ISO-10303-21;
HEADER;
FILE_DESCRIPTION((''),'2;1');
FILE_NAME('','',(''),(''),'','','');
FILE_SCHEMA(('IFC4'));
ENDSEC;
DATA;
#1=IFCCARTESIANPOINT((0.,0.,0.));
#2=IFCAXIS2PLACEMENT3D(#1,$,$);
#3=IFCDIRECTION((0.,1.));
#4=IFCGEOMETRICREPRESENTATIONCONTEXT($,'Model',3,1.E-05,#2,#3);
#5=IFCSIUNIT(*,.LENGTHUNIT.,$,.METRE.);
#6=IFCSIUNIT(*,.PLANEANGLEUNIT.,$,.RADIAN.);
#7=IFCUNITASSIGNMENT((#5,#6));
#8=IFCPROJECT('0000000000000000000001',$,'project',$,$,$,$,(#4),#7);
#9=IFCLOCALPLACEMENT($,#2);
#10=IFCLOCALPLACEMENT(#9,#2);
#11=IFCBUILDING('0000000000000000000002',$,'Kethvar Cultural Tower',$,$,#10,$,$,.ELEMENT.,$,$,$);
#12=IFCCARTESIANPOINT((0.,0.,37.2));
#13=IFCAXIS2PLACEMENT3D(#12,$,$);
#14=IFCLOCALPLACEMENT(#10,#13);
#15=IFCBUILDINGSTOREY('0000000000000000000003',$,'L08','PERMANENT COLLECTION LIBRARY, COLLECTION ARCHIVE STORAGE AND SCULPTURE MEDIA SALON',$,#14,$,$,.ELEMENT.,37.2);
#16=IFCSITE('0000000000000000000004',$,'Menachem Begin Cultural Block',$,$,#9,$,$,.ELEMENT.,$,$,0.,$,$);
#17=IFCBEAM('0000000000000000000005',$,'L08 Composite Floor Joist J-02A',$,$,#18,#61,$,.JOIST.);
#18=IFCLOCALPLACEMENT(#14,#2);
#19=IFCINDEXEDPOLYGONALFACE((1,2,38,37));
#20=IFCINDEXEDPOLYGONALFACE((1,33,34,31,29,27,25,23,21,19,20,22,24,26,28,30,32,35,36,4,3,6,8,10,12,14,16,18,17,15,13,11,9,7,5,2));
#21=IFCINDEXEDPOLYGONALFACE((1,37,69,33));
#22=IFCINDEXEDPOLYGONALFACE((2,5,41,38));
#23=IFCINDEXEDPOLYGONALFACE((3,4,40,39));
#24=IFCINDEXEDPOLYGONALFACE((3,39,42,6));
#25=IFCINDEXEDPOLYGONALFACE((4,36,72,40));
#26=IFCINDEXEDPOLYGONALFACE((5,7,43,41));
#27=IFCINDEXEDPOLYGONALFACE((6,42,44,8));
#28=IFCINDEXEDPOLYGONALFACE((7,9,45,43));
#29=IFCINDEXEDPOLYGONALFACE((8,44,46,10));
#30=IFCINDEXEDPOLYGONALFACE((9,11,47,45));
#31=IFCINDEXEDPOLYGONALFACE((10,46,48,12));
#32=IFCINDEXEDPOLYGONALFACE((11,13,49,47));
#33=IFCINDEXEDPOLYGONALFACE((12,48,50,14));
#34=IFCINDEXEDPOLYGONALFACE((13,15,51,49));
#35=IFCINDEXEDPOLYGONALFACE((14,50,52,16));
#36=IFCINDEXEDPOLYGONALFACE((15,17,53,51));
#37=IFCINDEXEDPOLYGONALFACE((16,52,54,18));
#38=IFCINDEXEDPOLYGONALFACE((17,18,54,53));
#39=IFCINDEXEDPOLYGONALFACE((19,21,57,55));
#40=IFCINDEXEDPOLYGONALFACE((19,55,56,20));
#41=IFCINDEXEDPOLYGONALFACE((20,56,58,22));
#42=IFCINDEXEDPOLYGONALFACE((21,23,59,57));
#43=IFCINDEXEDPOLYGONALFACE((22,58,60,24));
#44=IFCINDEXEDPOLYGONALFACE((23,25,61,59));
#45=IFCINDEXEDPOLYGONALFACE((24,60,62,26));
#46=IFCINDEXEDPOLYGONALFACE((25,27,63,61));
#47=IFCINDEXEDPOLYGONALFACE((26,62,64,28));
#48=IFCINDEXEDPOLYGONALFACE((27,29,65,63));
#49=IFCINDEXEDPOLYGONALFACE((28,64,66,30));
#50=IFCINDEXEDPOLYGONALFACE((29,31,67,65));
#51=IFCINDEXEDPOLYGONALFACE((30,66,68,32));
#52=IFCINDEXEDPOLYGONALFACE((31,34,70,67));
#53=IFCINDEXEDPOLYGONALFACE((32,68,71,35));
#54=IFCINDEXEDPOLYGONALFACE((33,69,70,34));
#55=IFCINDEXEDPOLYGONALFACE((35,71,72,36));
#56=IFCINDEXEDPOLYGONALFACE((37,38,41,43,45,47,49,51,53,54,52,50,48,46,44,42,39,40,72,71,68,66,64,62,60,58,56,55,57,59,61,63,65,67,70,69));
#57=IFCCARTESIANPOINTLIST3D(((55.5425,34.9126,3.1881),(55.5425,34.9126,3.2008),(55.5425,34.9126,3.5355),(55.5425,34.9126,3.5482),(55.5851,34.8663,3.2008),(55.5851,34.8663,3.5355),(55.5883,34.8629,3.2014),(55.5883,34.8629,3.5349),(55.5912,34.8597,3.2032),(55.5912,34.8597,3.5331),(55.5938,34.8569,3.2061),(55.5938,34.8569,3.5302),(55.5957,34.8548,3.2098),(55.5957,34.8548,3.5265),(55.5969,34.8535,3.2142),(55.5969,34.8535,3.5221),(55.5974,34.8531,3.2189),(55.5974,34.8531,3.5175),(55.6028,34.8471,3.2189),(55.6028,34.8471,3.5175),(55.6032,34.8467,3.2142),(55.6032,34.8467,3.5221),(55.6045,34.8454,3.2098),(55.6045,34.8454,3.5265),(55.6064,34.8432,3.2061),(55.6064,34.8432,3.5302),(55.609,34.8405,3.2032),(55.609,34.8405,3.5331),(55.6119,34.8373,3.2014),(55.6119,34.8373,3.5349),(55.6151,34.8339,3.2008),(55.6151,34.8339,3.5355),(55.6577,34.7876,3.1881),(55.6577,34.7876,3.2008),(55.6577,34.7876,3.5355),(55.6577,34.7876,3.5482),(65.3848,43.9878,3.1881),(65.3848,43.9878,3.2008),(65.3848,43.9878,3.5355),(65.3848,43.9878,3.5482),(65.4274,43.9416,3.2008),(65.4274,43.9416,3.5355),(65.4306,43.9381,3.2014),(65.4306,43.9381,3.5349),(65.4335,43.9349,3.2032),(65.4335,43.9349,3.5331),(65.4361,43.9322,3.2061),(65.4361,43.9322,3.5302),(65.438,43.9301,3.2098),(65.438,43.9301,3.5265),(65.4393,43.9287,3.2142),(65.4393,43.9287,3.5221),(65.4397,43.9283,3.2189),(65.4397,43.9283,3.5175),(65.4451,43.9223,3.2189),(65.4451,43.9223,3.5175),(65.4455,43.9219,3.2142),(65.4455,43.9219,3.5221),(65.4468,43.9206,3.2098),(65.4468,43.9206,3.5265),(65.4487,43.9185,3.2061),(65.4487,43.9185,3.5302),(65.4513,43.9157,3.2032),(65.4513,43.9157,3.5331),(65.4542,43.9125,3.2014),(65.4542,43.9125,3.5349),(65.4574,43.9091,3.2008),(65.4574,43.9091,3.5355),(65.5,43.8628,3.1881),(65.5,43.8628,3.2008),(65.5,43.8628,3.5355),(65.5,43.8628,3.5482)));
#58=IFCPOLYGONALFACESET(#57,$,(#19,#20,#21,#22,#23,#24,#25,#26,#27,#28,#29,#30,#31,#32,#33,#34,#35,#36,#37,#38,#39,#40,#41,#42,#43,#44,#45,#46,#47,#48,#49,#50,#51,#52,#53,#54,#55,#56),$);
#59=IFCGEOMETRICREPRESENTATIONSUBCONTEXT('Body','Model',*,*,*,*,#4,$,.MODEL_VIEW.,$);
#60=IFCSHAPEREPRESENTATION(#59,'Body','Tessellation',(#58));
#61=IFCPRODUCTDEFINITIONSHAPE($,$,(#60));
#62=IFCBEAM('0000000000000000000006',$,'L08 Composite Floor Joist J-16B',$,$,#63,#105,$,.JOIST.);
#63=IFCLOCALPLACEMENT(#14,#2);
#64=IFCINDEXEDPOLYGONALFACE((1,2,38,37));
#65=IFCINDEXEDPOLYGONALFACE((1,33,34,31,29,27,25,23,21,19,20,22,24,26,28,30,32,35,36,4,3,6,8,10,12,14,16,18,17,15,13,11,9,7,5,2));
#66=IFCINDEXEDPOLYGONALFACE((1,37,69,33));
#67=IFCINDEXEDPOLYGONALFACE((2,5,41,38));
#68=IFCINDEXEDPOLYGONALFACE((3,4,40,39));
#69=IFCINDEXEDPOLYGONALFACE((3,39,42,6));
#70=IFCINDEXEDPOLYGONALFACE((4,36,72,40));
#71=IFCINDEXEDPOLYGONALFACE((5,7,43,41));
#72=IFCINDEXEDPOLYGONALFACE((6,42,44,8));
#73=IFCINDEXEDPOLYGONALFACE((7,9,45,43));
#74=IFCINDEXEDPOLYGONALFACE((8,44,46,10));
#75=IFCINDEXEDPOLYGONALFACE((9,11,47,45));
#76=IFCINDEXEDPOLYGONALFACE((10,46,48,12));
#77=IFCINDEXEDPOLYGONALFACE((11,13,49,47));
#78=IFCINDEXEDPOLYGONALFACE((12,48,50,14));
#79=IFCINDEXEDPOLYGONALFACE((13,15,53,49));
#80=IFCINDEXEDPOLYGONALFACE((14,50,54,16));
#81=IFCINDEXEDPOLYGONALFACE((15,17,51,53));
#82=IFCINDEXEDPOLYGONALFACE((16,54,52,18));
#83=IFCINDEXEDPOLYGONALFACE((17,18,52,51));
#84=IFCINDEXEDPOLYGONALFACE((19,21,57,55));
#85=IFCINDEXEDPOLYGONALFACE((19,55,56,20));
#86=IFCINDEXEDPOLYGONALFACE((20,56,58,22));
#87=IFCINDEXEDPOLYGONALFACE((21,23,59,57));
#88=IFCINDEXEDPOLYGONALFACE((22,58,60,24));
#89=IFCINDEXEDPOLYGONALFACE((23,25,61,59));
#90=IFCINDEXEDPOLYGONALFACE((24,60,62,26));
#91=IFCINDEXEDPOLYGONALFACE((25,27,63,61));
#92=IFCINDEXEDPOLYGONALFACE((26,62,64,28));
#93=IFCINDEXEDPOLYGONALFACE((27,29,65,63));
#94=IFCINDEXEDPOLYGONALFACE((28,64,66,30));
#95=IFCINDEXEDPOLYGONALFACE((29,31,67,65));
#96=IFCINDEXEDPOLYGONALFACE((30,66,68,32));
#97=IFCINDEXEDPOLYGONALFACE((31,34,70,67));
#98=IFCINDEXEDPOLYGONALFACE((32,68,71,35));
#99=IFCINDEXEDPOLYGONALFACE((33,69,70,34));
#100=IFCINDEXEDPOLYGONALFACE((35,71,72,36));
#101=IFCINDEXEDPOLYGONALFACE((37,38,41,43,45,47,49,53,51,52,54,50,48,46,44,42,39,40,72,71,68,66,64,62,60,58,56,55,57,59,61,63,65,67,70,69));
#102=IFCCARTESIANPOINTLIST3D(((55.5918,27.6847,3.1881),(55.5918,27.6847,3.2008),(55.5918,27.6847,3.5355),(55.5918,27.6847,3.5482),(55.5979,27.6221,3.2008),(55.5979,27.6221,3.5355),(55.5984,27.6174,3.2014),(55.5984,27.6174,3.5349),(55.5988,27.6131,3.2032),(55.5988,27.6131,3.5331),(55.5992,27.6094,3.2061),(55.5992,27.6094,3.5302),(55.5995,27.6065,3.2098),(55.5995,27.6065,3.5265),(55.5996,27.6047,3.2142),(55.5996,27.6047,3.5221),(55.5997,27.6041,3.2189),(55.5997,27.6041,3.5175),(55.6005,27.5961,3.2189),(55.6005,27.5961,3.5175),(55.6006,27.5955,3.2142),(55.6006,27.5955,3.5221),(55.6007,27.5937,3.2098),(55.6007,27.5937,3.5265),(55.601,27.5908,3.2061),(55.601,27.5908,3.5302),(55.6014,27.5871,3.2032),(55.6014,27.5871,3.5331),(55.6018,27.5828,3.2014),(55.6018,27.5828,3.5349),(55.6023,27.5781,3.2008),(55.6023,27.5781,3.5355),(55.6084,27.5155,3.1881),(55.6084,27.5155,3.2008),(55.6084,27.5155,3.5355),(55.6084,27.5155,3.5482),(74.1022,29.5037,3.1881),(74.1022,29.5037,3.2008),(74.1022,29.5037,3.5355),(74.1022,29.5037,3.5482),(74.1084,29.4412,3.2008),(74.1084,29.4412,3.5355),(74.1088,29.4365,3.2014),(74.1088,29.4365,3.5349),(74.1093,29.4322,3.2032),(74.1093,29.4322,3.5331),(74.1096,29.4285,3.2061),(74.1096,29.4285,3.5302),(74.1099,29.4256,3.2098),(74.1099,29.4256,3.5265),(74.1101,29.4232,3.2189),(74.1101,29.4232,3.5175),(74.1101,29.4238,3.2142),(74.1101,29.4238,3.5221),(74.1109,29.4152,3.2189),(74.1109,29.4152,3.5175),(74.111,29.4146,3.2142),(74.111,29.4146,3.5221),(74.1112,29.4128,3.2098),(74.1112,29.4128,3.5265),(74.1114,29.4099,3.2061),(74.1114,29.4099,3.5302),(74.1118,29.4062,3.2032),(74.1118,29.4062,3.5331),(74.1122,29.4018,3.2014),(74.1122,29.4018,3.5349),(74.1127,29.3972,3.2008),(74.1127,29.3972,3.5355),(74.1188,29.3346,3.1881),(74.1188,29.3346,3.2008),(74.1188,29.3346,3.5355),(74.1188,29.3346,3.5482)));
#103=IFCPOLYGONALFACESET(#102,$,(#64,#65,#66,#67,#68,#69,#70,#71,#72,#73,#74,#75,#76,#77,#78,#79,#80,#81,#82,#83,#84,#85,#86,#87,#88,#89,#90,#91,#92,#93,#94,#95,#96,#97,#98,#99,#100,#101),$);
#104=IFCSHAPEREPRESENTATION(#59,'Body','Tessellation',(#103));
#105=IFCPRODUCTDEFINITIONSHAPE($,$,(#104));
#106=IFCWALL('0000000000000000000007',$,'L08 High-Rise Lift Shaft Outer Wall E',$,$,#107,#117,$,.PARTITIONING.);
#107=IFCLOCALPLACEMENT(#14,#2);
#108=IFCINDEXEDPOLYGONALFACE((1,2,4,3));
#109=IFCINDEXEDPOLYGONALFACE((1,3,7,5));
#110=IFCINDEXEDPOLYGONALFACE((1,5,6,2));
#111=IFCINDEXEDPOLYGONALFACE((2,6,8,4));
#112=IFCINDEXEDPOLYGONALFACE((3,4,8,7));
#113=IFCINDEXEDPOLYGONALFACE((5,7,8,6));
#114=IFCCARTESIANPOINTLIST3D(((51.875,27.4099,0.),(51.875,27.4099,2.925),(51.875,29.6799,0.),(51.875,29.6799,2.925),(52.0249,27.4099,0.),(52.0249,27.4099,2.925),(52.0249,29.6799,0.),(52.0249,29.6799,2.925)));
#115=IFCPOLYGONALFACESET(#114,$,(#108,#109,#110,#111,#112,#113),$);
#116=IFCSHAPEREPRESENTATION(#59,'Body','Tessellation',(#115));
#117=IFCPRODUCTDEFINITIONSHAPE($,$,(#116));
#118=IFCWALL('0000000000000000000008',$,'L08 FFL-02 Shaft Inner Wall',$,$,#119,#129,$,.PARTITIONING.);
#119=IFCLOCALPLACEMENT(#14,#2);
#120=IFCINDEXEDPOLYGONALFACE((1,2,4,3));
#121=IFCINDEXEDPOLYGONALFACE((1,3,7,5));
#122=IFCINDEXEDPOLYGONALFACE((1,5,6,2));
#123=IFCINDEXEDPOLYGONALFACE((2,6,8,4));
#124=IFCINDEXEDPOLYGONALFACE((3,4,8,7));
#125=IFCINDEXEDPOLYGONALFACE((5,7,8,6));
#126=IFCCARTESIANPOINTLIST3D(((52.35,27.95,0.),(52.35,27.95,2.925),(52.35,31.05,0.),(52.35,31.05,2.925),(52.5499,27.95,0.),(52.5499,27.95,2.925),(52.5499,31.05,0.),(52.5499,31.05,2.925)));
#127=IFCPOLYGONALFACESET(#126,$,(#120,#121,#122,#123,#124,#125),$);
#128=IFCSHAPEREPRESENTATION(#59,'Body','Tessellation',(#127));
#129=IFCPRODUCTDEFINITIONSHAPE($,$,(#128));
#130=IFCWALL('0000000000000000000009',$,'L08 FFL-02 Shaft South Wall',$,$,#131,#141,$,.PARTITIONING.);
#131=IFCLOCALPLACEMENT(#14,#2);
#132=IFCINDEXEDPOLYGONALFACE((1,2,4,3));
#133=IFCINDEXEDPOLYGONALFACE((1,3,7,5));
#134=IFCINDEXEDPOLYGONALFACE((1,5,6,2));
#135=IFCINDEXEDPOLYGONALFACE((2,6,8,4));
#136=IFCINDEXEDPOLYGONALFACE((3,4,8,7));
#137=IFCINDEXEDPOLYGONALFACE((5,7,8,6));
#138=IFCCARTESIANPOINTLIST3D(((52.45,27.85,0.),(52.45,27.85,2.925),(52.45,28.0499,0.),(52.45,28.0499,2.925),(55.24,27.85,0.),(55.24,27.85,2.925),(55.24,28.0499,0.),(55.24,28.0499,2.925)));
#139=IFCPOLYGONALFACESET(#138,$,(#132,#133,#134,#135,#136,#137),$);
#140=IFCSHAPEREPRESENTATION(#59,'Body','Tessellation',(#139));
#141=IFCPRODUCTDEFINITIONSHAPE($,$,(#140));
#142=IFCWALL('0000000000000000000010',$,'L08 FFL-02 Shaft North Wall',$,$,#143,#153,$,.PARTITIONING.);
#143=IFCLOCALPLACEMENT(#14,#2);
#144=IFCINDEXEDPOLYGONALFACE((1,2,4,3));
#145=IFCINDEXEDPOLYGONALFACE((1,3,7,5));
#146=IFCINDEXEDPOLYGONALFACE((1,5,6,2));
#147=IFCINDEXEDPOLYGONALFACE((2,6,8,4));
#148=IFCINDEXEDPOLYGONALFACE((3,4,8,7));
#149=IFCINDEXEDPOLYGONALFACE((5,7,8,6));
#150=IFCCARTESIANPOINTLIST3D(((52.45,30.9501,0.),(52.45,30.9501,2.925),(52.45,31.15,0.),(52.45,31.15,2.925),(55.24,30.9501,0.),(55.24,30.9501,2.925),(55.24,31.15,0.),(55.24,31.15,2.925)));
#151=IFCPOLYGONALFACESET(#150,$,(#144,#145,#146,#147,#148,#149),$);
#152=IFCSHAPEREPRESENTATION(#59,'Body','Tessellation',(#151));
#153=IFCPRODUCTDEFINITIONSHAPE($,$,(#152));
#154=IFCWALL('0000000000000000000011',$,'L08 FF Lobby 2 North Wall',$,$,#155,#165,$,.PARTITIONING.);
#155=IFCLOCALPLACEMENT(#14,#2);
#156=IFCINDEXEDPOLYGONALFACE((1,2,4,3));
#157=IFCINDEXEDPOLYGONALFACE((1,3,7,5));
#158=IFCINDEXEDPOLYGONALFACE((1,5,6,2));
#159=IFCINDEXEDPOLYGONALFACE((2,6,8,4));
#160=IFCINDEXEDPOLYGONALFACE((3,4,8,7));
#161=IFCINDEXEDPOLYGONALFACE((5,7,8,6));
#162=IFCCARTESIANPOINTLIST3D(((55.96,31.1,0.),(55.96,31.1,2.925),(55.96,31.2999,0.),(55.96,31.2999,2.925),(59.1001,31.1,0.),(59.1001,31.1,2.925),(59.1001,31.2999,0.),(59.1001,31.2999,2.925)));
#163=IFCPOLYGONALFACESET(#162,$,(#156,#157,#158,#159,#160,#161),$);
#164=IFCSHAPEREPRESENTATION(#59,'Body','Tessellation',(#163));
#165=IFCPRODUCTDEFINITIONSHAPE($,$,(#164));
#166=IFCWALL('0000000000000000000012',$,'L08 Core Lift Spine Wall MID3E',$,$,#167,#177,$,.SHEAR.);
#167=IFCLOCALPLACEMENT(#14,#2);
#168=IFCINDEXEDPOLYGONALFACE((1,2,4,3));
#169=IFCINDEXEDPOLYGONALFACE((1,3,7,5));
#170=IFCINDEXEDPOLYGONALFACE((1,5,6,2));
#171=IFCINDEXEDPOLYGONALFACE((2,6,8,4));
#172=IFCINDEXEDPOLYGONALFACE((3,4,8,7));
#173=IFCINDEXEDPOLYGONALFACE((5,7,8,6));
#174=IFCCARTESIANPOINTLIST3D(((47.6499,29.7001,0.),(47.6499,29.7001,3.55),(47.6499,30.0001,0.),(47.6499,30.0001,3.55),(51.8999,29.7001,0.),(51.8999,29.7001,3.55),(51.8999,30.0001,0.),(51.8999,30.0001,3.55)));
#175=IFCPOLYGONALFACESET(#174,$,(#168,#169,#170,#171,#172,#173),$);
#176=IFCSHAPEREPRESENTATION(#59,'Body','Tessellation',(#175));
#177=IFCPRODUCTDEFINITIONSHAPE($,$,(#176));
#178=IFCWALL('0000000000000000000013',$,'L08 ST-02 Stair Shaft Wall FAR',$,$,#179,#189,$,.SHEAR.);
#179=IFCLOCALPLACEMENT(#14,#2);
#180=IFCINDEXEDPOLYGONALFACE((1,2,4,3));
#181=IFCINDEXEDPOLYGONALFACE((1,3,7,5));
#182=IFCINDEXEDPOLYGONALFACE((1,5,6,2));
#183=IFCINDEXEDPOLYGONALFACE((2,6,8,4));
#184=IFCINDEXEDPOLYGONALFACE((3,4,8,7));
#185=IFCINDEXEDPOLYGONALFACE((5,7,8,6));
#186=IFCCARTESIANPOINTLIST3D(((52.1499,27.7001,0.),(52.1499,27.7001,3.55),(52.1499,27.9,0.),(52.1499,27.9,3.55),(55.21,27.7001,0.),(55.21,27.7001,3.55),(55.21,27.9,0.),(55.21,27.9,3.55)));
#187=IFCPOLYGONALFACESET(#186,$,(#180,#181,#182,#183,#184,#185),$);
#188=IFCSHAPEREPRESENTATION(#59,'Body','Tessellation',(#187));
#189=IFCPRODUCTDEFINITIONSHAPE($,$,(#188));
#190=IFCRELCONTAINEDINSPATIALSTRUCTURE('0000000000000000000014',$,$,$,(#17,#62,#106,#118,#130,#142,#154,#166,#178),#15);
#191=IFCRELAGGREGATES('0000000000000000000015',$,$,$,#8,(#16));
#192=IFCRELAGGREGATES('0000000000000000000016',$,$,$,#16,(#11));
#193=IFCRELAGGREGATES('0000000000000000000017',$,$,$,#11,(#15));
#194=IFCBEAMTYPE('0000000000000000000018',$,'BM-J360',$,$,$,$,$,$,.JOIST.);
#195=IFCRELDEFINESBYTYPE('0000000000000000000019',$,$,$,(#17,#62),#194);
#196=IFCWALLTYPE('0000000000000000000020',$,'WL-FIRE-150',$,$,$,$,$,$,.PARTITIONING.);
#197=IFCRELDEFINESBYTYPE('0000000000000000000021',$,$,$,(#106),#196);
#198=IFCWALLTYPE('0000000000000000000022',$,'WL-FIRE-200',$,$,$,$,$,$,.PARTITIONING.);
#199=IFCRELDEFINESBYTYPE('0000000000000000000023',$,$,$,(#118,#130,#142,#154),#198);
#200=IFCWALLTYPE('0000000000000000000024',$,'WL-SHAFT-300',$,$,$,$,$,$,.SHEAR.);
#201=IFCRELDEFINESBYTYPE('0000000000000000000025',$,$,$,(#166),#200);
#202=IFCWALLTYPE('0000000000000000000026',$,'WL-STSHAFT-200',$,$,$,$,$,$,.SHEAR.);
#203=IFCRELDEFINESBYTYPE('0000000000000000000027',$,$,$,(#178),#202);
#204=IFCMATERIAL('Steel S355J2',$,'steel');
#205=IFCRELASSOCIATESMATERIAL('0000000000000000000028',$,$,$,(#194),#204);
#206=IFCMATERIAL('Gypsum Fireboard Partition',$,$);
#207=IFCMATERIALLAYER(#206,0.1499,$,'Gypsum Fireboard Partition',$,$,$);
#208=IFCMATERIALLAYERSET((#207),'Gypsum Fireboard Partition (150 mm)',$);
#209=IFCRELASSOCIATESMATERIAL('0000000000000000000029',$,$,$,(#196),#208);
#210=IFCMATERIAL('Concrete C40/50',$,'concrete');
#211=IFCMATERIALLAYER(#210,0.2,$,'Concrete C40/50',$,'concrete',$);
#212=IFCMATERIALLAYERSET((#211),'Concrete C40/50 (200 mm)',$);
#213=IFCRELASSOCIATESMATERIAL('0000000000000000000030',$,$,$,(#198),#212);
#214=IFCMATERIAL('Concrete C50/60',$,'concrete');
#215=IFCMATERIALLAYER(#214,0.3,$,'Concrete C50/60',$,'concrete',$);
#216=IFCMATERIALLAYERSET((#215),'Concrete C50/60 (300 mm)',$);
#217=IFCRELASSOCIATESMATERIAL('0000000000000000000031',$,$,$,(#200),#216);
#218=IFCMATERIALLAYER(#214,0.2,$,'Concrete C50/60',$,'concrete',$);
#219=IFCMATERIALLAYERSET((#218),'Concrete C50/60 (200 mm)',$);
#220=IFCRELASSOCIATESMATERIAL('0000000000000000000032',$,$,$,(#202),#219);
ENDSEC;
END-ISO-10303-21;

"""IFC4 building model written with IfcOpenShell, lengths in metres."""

from ifc_helpers import new_model, si_unit, direction, frame, frame_2d, origin, origin_2d, place, context, subcontext, project, spatial, rectangle, i_section, extrude, source, transform, mapped, material, layer, layer_set, material_profile, profile_set, type_object, element, save


model = new_model("IFC4")

# Units and contexts
model_context = context("Model", 3, precision=1e-05, world=origin(), true_north=direction((0.0, 1.0)))
body_context = subcontext(model_context, "Body", "Model", "MODEL_VIEW")
ifc_project = project(units=[si_unit("LENGTHUNIT", "METRE"), si_unit("PLANEANGLEUNIT", "RADIAN")], contexts=[model_context])

# Site, building, storey
site_placement = place(None, origin())
site = spatial("IfcSite", under=ifc_project, at=site_placement, Name="Menachem Begin Cultural Block", CompositionType="ELEMENT", RefElevation=0.0)
building_placement = place(site_placement, origin())
building = spatial("IfcBuilding", under=site, at=building_placement, Name="Kethvar Cultural Tower", CompositionType="ELEMENT")
storey_placement = place(building_placement, frame((0.0, 0.0, 37.2)))
storey = spatial("IfcBuildingStorey", under=building, at=storey_placement, Name="L08", Description="PERMANENT COLLECTION LIBRARY, COLLECTION ARCHIVE STORAGE AND SCULPTURE MEDIA SALON", CompositionType="ELEMENT", Elevation=37.2)

# Beams
ifc_material_1 = material(Name="Steel S355J2", Category="steel")
ifc_material_profile_1 = material_profile(ifc_material_1, i_section(OverallWidth=0.1699, OverallDepth=0.3601, WebThickness=0.0081, FlangeThickness=0.0127, FilletRadius=0.0181, at=origin_2d()), Name="Steel S355J2 — IPE360")
ifc_profile_set_1 = profile_set([ifc_material_profile_1], Name="Steel S355J2 — IPE360")
beam_type_1 = type_object("IfcBeamType", Name="BM-J360", PredefinedType="JOIST", material=ifc_profile_set_1)
shared_shape_1 = source(origin(), body_context, "Body", "SweptSolid", [
    extrude(i_section(OverallWidth=0.1699, OverallDepth=0.3601, WebThickness=0.0081, FlangeThickness=0.0127, FilletRadius=0.0181, at=origin_2d()), origin(), (0.0, 0.0, 1.0), 13.3877),
])
beam_1_placement = place(storey_placement, frame((55.6001, 34.8501, 3.3682), z_axis=(0.735175, 0.677877, 0.0), x_axis=(-0.677877, 0.735175, 0.0)))
element("IfcBeam", 1, at=beam_1_placement, inside=storey, type_object=beam_type_1, Name="L08 Composite Floor Joist J-02A", PredefinedType="JOIST", context=body_context, shape_type="MappedRepresentation", body=[
    mapped(shared_shape_1, transform((0.0, 0.0, 0.0), scale=1.0)),
])
shared_shape_2 = source(origin(), body_context, "Body", "SweptSolid", [
    extrude(i_section(OverallWidth=0.1699, OverallDepth=0.3601, WebThickness=0.0081, FlangeThickness=0.0127, FilletRadius=0.0181, at=origin_2d()), origin(), (0.0, 0.0, 1.0), 18.5996),
])
beam_2_placement = place(storey_placement, frame((55.6001, 27.6001, 3.3682), z_axis=(0.995206, 0.097802, 0.0), x_axis=(-0.097802, 0.995206, 0.0)))
element("IfcBeam", 2, at=beam_2_placement, inside=storey, type_object=beam_type_1, Name="L08 Composite Floor Joist J-16B", PredefinedType="JOIST", context=body_context, shape_type="MappedRepresentation", body=[
    mapped(shared_shape_2, transform((0.0, 0.0, 0.0), scale=1.0)),
])

# Walls
ifc_material_2 = material(Name="Gypsum Fireboard Partition")
ifc_layer_1 = layer(ifc_material_2, 0.1499, Name="Gypsum Fireboard Partition")
ifc_layer_set_1 = layer_set([ifc_layer_1], Name="Gypsum Fireboard Partition (150 mm)")
wall_type_1 = type_object("IfcWallType", Name="WL-FIRE-150", PredefinedType="PARTITIONING", material=ifc_layer_set_1)
wall_1_placement = place(storey_placement, frame((51.95, 27.4099, 0.0), z_axis=(0.0, 0.0, 1.0), x_axis=(0.0, 1.0, 0.0)))
element("IfcWall", 3, at=wall_1_placement, inside=storey, type_object=wall_type_1, Name="L08 High-Rise Lift Shaft Outer Wall E", PredefinedType="PARTITIONING", context=body_context, shape_type="SweptSolid", body=[
    extrude(rectangle(XDim=2.27, YDim=0.1499, at=frame_2d((1.135, 0.0))), origin(), (0.0, 0.0, 1.0), 2.925),
])
ifc_material_3 = material(Name="Concrete C40/50", Category="concrete")
ifc_layer_2 = layer(ifc_material_3, 0.2, Name="Concrete C40/50", Category="concrete")
ifc_layer_set_2 = layer_set([ifc_layer_2], Name="Concrete C40/50 (200 mm)")
wall_type_2 = type_object("IfcWallType", Name="WL-FIRE-200", PredefinedType="PARTITIONING", material=ifc_layer_set_2)
wall_2_placement = place(storey_placement, frame((52.45, 27.95, 0.0), z_axis=(0.0, 0.0, 1.0), x_axis=(0.0, 1.0, 0.0)))
element("IfcWall", 4, at=wall_2_placement, inside=storey, type_object=wall_type_2, Name="L08 FFL-02 Shaft Inner Wall", PredefinedType="PARTITIONING", context=body_context, shape_type="SweptSolid", body=[
    extrude(rectangle(XDim=3.1001, YDim=0.2, at=frame_2d((1.55, 0.0))), origin(), (0.0, 0.0, 1.0), 2.925),
])
for number, where, z_axis, x_axis, name in (
    (5, (52.45, 27.95, 0.0), (0.0, 0.0, 1.0), (1.0, 0.0, 0.0), "L08 FFL-02 Shaft South Wall"),
    (6, (52.45, 31.05, 0.0), (0.0, 0.0, 1.0), (1.0, 0.0, 0.0), "L08 FFL-02 Shaft North Wall"),
):
    element("IfcWall", number, at=place(storey_placement, frame(where, z_axis=z_axis, x_axis=x_axis)), inside=storey, type_object=wall_type_2, Name=name, PredefinedType="PARTITIONING", context=body_context, shape_type="SweptSolid", body=[
        extrude(rectangle(XDim=2.79, YDim=0.2, at=frame_2d((1.395, 0.0))), origin(), (0.0, 0.0, 1.0), 2.925),
    ])
wall_3_placement = place(storey_placement, frame((55.96, 31.2, 0.0), z_axis=(0.0, 0.0, 1.0), x_axis=(1.0, 0.0, 0.0)))
element("IfcWall", 7, at=wall_3_placement, inside=storey, type_object=wall_type_2, Name="L08 FF Lobby 2 North Wall", PredefinedType="PARTITIONING", context=body_context, shape_type="SweptSolid", body=[
    extrude(rectangle(XDim=3.1401, YDim=0.2, at=frame_2d((1.5701, 0.0))), origin(), (0.0, 0.0, 1.0), 2.925),
])
ifc_material_4 = material(Name="Concrete C50/60", Category="concrete")
ifc_layer_3 = layer(ifc_material_4, 0.3, Name="Concrete C50/60", Category="concrete")
ifc_layer_set_3 = layer_set([ifc_layer_3], Name="Concrete C50/60 (300 mm)")
wall_type_3 = type_object("IfcWallType", Name="WL-SHAFT-300", PredefinedType="SHEAR", material=ifc_layer_set_3)
wall_4_placement = place(storey_placement, frame((47.6499, 29.8501, 0.0), z_axis=(0.0, 0.0, 1.0), x_axis=(1.0, 0.0, 0.0)))
element("IfcWall", 8, at=wall_4_placement, inside=storey, type_object=wall_type_3, Name="L08 Core Lift Spine Wall MID3E", PredefinedType="SHEAR", context=body_context, shape_type="SweptSolid", body=[
    extrude(rectangle(XDim=4.25, YDim=0.3, at=frame_2d((2.125, 0.0))), origin(), (0.0, 0.0, 1.0), 3.55),
])
ifc_layer_4 = layer(ifc_material_4, 0.2, Name="Concrete C50/60", Category="concrete")
ifc_layer_set_4 = layer_set([ifc_layer_4], Name="Concrete C50/60 (200 mm)")
wall_type_4 = type_object("IfcWallType", Name="WL-STSHAFT-200", PredefinedType="SHEAR", material=ifc_layer_set_4)
wall_5_placement = place(storey_placement, frame((52.1499, 27.8, 0.0), z_axis=(0.0, 0.0, 1.0), x_axis=(1.0, 0.0, 0.0)))
element("IfcWall", 9, at=wall_5_placement, inside=storey, type_object=wall_type_4, Name="L08 ST-02 Stair Shaft Wall FAR", PredefinedType="SHEAR", context=body_context, shape_type="SweptSolid", body=[
    extrude(rectangle(XDim=3.0601, YDim=0.2, at=frame_2d((1.53, 0.0))), origin(), (0.0, 0.0, 1.0), 3.55),
])

save(model, "model.ifc")
